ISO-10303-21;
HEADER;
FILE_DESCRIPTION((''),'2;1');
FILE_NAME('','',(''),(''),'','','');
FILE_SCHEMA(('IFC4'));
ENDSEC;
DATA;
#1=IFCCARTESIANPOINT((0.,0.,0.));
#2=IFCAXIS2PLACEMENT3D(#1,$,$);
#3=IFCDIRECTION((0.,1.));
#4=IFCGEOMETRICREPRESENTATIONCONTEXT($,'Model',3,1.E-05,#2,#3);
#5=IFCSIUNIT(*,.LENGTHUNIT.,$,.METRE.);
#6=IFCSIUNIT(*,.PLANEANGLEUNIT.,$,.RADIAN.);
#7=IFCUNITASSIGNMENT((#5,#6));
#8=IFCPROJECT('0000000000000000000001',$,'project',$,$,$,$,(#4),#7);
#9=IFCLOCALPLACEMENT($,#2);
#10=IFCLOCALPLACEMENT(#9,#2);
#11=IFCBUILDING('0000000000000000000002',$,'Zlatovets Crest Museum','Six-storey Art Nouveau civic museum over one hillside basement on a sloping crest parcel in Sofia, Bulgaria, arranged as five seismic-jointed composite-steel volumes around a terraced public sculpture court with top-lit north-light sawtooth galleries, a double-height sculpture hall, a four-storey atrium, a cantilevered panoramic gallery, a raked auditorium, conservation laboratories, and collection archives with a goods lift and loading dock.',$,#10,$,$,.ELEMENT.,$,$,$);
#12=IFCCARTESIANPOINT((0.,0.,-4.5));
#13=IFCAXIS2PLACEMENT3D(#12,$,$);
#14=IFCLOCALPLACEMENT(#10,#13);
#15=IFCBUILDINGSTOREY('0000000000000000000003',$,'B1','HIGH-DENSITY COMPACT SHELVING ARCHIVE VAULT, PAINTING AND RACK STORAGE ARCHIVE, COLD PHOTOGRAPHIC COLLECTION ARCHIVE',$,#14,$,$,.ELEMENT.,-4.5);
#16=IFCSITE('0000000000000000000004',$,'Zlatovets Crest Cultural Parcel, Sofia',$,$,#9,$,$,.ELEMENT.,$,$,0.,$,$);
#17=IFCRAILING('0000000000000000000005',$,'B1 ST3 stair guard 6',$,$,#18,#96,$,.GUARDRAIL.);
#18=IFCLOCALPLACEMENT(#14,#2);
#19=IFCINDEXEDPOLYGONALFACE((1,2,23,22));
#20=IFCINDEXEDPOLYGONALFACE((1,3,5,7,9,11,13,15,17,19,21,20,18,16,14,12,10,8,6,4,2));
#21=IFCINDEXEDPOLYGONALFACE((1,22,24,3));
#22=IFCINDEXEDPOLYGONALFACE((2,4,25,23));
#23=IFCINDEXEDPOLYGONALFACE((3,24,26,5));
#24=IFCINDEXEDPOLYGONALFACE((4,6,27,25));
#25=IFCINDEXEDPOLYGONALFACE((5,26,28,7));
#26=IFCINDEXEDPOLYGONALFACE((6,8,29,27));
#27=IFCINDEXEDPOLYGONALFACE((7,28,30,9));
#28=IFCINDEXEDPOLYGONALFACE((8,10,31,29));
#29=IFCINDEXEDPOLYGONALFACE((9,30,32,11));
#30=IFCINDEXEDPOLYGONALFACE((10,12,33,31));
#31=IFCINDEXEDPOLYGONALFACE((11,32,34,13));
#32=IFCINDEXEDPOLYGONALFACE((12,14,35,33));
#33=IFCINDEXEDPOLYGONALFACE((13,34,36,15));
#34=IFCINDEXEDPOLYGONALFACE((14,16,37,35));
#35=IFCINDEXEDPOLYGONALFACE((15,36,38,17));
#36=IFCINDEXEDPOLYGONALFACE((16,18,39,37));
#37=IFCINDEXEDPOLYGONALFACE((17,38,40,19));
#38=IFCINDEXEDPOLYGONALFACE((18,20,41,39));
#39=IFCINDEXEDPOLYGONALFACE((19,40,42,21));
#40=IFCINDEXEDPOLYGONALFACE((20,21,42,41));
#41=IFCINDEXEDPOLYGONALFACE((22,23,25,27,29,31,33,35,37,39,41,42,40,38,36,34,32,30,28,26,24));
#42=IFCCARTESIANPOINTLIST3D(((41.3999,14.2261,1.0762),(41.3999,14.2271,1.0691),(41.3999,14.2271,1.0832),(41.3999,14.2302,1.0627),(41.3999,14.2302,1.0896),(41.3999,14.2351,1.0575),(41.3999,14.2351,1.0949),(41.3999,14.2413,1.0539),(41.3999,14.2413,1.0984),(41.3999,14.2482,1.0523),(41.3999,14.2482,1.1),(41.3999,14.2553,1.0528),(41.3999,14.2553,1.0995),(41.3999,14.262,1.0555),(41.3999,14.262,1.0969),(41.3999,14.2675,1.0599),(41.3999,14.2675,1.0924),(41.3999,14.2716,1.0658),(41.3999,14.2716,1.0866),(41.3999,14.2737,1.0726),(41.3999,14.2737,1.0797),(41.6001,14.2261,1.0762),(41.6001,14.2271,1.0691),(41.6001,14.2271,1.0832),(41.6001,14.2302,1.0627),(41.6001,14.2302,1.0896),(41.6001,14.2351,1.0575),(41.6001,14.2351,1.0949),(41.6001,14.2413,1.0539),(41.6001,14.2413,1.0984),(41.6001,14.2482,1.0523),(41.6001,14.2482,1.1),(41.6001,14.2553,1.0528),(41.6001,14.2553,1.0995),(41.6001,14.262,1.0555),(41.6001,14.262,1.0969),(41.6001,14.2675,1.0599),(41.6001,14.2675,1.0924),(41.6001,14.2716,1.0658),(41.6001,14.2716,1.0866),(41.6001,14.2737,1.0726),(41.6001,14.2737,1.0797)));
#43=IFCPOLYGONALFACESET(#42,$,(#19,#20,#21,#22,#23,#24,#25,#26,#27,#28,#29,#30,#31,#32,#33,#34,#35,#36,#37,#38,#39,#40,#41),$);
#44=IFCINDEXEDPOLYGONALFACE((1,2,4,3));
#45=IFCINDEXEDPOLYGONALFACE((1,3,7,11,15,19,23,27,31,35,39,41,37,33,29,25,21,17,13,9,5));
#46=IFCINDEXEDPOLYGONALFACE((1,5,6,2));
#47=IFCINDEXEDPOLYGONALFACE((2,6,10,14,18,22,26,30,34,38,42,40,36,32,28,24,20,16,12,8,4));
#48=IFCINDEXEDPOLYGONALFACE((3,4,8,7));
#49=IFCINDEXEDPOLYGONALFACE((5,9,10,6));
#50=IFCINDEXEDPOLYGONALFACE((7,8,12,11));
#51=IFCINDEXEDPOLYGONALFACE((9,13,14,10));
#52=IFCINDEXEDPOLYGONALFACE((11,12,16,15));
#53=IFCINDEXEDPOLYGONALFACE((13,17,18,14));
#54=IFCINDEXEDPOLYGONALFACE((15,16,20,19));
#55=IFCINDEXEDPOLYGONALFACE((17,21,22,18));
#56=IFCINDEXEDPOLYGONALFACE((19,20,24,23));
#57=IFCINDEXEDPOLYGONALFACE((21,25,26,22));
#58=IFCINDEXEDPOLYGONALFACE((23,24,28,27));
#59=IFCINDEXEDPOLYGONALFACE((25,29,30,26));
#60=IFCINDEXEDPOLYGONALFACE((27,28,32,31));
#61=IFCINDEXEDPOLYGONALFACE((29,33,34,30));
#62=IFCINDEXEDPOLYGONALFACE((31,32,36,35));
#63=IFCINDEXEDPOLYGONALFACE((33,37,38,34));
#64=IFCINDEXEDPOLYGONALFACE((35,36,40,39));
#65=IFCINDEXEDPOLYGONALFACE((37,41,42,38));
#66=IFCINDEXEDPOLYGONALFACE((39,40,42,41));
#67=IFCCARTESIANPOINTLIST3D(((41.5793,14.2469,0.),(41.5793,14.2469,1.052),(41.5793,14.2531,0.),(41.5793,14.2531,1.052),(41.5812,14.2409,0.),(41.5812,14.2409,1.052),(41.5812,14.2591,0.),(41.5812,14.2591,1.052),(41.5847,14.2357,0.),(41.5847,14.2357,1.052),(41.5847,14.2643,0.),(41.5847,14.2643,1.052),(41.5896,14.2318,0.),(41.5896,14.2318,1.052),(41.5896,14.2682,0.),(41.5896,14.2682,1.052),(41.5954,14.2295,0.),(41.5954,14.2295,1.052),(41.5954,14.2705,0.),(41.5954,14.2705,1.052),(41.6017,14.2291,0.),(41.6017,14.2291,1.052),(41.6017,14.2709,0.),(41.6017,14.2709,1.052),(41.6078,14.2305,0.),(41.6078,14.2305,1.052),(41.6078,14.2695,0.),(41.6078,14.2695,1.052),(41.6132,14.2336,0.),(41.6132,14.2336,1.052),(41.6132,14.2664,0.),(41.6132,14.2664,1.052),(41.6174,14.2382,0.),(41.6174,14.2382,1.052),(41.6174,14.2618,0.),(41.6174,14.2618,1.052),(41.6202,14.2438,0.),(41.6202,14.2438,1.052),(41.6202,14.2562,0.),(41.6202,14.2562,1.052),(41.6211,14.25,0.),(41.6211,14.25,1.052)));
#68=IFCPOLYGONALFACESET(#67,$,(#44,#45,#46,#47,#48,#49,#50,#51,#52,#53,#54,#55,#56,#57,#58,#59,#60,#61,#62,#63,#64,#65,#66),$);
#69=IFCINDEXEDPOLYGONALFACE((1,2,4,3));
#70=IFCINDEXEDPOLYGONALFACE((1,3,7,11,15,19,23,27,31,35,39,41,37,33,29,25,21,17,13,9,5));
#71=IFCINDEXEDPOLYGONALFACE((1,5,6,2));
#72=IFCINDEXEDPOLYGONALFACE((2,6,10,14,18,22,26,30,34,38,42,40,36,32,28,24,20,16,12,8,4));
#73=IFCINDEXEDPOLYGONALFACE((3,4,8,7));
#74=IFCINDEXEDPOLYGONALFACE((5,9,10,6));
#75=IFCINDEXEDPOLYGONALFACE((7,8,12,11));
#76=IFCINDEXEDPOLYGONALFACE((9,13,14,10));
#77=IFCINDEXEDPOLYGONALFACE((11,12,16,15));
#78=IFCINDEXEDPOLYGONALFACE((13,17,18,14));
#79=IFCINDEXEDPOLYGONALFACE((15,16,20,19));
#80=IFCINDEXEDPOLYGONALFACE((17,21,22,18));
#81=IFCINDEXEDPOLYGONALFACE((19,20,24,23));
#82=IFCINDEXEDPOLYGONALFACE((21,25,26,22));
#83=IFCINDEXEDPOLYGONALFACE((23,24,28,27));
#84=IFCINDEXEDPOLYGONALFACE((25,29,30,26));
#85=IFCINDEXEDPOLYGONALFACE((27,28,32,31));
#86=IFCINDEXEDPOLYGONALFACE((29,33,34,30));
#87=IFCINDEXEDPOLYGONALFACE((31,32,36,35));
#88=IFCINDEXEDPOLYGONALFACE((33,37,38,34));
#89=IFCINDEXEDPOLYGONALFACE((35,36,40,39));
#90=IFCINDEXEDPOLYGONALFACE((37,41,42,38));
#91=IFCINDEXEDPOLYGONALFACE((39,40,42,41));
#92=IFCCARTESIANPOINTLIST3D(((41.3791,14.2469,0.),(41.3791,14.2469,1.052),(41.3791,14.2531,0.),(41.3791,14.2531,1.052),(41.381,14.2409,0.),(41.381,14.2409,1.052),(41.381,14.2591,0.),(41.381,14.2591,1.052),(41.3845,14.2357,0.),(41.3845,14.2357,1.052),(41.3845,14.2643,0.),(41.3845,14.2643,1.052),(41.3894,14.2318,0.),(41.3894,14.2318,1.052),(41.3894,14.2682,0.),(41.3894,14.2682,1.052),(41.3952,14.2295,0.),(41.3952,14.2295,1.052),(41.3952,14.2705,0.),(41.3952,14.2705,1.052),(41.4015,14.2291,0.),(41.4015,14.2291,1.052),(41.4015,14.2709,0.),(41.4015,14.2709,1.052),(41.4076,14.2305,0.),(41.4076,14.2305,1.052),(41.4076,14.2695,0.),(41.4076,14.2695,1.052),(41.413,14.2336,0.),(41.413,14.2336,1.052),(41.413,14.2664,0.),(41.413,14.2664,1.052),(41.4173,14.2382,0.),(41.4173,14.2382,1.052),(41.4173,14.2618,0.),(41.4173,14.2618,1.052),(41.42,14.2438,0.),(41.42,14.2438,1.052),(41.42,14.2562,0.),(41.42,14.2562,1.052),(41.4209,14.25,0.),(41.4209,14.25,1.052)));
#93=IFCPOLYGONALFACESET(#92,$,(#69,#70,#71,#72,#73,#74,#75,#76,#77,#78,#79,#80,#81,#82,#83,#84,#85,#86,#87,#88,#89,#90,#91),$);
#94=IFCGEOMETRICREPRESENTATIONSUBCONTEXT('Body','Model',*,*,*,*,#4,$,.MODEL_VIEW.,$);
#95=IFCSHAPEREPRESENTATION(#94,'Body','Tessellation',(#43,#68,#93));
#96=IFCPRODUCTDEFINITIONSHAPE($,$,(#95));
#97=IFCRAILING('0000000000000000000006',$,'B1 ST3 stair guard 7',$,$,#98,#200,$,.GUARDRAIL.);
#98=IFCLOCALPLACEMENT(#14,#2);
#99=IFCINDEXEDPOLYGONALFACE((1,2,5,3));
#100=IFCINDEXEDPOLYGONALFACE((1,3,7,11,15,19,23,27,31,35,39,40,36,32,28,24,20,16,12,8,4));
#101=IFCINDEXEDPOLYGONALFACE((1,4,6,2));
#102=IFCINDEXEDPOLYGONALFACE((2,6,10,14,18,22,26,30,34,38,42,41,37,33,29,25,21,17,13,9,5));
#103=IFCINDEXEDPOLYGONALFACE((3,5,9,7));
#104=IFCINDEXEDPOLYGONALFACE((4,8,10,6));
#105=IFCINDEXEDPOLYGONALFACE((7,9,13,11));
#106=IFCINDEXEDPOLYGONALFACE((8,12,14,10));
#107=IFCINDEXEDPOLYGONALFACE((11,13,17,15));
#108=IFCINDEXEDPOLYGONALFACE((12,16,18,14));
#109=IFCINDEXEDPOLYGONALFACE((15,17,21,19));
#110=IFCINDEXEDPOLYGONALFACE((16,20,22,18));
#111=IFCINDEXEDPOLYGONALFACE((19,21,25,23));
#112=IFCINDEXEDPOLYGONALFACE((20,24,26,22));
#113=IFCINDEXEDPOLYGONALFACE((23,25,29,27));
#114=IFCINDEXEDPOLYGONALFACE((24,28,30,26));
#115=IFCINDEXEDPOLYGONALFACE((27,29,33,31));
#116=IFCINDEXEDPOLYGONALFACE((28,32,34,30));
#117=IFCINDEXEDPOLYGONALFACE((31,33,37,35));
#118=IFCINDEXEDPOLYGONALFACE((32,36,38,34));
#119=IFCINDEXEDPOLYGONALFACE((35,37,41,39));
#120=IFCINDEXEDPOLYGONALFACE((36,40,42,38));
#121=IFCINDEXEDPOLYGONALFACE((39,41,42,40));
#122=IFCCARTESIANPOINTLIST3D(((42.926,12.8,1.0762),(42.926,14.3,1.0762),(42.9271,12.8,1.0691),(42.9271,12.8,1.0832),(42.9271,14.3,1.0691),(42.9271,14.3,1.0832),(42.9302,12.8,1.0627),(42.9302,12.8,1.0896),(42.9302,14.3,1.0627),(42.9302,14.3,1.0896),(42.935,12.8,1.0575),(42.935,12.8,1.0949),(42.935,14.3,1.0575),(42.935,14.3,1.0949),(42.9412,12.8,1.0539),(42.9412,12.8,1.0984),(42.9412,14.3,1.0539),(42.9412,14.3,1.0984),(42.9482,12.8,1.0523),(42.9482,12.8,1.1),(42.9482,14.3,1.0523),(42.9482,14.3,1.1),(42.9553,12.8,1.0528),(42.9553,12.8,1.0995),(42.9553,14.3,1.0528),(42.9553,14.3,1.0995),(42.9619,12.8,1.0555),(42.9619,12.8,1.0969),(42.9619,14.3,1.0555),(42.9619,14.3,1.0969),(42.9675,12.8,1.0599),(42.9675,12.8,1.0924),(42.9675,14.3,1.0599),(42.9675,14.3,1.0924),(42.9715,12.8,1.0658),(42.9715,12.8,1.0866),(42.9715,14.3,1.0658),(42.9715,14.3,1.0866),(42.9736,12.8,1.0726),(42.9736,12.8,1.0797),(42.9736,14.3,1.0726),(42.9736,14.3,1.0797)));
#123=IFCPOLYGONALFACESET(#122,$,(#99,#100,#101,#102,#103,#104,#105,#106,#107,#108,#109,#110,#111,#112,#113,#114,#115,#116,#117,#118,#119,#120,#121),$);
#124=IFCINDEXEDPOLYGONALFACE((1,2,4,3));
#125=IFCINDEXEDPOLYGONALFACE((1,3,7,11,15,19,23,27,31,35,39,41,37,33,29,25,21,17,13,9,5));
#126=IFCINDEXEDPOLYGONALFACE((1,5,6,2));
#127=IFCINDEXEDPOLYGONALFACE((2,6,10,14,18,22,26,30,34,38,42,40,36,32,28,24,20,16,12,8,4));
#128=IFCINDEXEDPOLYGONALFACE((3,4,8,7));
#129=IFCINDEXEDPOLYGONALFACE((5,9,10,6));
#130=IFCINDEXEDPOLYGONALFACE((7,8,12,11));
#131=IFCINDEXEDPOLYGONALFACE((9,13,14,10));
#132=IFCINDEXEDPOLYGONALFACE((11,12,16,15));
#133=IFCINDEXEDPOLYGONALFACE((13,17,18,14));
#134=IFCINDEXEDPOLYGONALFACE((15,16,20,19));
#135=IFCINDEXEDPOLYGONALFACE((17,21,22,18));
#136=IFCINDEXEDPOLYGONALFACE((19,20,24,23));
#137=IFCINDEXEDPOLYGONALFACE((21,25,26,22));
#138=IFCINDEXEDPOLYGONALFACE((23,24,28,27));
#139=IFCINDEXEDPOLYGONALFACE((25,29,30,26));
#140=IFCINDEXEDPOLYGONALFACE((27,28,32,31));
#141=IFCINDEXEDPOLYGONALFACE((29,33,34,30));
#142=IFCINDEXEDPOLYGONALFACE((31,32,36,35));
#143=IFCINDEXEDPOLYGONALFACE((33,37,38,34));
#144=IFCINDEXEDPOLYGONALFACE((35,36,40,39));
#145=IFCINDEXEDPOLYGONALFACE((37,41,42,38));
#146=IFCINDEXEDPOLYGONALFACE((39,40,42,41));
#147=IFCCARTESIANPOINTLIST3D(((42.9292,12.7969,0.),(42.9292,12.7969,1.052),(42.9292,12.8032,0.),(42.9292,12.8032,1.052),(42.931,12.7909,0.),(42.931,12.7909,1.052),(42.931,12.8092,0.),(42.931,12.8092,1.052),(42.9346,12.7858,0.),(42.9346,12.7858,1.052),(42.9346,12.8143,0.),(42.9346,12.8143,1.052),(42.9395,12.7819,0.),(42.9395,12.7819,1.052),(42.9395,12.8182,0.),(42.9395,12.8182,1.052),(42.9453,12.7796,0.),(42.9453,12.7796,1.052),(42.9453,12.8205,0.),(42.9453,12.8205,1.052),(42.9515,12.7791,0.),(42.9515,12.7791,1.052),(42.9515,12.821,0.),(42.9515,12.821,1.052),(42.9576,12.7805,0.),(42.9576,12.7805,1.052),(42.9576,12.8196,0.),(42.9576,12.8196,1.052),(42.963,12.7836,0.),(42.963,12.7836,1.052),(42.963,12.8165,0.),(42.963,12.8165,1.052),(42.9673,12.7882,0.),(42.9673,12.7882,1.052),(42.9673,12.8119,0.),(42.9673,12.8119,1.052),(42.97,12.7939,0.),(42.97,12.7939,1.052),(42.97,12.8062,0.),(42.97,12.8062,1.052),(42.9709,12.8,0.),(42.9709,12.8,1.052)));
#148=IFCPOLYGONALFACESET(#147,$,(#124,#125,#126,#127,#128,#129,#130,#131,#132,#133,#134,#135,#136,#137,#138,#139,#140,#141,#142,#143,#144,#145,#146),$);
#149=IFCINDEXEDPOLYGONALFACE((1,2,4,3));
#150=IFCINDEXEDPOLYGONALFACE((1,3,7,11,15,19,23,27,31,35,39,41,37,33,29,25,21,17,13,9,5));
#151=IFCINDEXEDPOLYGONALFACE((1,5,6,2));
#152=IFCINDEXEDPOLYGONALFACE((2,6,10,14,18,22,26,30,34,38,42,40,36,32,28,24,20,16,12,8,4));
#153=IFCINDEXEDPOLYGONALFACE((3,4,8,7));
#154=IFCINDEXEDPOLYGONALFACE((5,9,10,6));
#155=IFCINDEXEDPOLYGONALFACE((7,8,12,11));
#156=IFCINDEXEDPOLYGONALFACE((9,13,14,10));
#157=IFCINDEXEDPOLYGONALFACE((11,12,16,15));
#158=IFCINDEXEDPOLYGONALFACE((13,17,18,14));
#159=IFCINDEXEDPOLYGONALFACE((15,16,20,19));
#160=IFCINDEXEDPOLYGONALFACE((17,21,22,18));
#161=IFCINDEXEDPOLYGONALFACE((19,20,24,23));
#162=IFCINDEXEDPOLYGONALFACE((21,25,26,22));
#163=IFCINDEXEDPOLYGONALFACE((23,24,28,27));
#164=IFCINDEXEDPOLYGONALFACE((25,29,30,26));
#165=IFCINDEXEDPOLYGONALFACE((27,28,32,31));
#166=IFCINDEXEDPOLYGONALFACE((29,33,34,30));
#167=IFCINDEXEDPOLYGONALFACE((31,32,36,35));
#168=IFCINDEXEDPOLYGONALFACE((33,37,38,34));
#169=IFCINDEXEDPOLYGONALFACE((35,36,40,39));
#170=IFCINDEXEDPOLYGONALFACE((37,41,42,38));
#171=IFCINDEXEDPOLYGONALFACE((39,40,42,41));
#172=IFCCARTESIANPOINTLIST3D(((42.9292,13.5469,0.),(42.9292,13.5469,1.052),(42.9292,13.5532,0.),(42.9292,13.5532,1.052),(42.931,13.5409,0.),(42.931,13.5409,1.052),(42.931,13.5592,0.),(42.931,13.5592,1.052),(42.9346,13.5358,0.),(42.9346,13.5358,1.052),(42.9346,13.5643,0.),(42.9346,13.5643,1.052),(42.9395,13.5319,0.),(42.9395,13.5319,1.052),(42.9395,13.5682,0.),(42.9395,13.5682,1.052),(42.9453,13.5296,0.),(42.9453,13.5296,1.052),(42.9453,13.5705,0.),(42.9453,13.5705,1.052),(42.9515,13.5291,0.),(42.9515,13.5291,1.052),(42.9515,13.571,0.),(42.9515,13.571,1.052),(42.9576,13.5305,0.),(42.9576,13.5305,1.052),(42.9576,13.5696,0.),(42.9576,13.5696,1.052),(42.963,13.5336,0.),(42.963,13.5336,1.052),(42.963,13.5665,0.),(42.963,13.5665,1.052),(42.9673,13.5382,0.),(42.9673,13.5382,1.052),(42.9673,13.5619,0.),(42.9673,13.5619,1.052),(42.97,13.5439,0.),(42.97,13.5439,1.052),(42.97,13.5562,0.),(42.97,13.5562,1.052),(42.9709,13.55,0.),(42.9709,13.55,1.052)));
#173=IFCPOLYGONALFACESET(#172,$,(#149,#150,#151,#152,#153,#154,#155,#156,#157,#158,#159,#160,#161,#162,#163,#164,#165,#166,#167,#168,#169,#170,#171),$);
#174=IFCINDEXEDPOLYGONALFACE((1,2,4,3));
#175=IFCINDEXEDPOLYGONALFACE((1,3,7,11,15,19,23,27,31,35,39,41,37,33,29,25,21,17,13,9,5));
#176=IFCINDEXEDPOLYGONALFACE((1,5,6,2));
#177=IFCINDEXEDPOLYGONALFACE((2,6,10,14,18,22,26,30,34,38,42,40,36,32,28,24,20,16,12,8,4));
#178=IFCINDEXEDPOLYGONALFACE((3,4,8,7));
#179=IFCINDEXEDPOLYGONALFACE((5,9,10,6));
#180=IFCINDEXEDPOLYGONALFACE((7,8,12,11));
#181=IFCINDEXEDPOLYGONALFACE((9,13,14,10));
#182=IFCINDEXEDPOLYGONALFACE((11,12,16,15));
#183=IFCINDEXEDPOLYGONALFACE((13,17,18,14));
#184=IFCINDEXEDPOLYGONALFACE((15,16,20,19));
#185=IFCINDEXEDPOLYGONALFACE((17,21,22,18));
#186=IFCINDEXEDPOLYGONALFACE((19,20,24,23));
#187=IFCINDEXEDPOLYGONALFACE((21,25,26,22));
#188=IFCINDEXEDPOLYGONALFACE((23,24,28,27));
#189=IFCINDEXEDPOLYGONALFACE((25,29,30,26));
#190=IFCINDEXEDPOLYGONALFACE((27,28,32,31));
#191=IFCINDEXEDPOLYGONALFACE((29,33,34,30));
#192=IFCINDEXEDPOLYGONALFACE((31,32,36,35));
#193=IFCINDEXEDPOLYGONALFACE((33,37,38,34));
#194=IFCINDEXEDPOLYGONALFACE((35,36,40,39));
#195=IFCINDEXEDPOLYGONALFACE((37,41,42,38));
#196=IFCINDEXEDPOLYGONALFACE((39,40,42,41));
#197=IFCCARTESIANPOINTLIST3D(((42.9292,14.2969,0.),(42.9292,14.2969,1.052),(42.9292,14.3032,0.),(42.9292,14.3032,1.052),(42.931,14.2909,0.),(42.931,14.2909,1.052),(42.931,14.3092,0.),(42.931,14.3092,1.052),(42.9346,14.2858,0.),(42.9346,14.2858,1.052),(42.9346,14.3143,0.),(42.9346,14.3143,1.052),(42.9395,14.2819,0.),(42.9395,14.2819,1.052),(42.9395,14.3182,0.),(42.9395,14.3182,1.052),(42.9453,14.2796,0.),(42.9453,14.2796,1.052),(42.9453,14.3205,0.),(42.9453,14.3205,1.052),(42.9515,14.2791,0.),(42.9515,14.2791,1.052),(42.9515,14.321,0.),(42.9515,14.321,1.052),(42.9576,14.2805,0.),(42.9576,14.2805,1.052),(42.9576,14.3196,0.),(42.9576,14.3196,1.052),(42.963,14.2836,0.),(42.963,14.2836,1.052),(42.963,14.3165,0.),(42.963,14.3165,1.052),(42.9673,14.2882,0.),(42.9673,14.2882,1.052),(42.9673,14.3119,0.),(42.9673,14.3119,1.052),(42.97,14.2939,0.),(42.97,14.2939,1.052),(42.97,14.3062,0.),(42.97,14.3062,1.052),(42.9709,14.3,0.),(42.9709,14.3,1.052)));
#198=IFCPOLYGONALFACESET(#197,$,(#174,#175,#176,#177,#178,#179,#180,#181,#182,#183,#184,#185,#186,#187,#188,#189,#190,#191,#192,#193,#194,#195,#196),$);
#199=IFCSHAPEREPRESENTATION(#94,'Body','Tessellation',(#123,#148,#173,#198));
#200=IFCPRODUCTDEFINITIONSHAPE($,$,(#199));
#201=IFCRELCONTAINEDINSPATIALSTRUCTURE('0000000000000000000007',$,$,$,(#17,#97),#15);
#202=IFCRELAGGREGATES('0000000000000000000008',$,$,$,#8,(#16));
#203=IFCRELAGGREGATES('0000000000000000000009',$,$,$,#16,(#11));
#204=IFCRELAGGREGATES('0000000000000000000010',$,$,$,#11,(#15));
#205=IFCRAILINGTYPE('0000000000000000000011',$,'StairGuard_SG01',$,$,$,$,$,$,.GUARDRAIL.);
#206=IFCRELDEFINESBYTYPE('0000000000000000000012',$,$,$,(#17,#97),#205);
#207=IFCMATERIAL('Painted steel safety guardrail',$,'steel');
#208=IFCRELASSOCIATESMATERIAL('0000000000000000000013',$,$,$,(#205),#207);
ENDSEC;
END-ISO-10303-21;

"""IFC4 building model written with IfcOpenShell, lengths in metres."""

from ifc_helpers import new_model, si_unit, direction, frame, origin, origin_2d, place, context, subcontext, project, spatial, circle, extrude, material, type_object, element, save


model = new_model("IFC4")

# Units and contexts
model_context = context("Model", 3, precision=1e-05, world=origin(), true_north=direction((0.0, 1.0)))
body_context = subcontext(model_context, "Body", "Model", "MODEL_VIEW")
ifc_project = project(units=[si_unit("LENGTHUNIT", "METRE"), si_unit("PLANEANGLEUNIT", "RADIAN")], contexts=[model_context])

# Site, building, storey
site_placement = place(None, origin())
site = spatial("IfcSite", under=ifc_project, at=site_placement, Name="Zlatovets Crest Cultural Parcel, Sofia", CompositionType="ELEMENT", RefElevation=0.0)
building_placement = place(site_placement, origin())
building = spatial("IfcBuilding", under=site, at=building_placement, Name="Zlatovets Crest Museum", Description="Six-storey Art Nouveau civic museum over one hillside basement on a sloping crest parcel in Sofia, Bulgaria, arranged as five seismic-jointed composite-steel volumes around a terraced public sculpture court with top-lit north-light sawtooth galleries, a double-height sculpture hall, a four-storey atrium, a cantilevered panoramic gallery, a raked auditorium, conservation laboratories, and collection archives with a goods lift and loading dock.", CompositionType="ELEMENT")
storey_placement = place(building_placement, frame((0.0, 0.0, -4.5)))
storey = spatial("IfcBuildingStorey", under=building, at=storey_placement, Name="B1", Description="HIGH-DENSITY COMPACT SHELVING ARCHIVE VAULT, PAINTING AND RACK STORAGE ARCHIVE, COLD PHOTOGRAPHIC COLLECTION ARCHIVE", CompositionType="ELEMENT", Elevation=-4.5)

# Railings
ifc_material_1 = material(Name="Painted steel safety guardrail", Category="steel")
railing_type_1 = type_object("IfcRailingType", Name="StairGuard_SG01", PredefinedType="GUARDRAIL", material=ifc_material_1)
railing_1_placement = place(storey_placement, frame((41.6001, 14.25, 0.0)))
element("IfcRailing", 1, at=railing_1_placement, inside=storey, type_object=railing_type_1, Name="B1 ST3 stair guard 6", PredefinedType="GUARDRAIL", context=body_context, shape_type="SweptSolid", body=[
    extrude(circle(Radius=0.0239, at=origin_2d()), frame((0.0, 0.0, 1.0762), z_axis=(-1.0, 0.0, 0.0), x_axis=(0.0, -1.0, 0.0)), (0.0, 0.0, 1.0), 0.2002),
    extrude(circle(Radius=0.021, at=origin_2d()), origin(), (0.0, 0.0, 1.0), 1.052),
    extrude(circle(Radius=0.021, at=origin_2d()), frame((-0.2002, 0.0, 0.0)), (0.0, 0.0, 1.0), 1.052),
])
for number, where, name in (
    (2, (42.95, 12.8, 0.0), "B1 ST3 stair guard 7"),
):
    element("IfcRailing", number, at=place(storey_placement, frame(where)), inside=storey, type_object=railing_type_1, Name=name, PredefinedType="GUARDRAIL", context=body_context, shape_type="SweptSolid", body=[
        extrude(circle(Radius=0.0239, at=origin_2d()), frame((0.0, 0.0, 1.0762), z_axis=(0.0, 1.0, 0.0), x_axis=(-1.0, 0.0, 0.0)), (0.0, 0.0, 1.0), 1.5),
        extrude(circle(Radius=0.021, at=origin_2d()), origin(), (0.0, 0.0, 1.0), 1.052),
        extrude(circle(Radius=0.021, at=origin_2d()), frame((0.0, 0.75, 0.0)), (0.0, 0.0, 1.0), 1.052),
        extrude(circle(Radius=0.021, at=origin_2d()), frame((0.0, 1.5, 0.0)), (0.0, 0.0, 1.0), 1.052),
    ])

save(model, "model.ifc")
